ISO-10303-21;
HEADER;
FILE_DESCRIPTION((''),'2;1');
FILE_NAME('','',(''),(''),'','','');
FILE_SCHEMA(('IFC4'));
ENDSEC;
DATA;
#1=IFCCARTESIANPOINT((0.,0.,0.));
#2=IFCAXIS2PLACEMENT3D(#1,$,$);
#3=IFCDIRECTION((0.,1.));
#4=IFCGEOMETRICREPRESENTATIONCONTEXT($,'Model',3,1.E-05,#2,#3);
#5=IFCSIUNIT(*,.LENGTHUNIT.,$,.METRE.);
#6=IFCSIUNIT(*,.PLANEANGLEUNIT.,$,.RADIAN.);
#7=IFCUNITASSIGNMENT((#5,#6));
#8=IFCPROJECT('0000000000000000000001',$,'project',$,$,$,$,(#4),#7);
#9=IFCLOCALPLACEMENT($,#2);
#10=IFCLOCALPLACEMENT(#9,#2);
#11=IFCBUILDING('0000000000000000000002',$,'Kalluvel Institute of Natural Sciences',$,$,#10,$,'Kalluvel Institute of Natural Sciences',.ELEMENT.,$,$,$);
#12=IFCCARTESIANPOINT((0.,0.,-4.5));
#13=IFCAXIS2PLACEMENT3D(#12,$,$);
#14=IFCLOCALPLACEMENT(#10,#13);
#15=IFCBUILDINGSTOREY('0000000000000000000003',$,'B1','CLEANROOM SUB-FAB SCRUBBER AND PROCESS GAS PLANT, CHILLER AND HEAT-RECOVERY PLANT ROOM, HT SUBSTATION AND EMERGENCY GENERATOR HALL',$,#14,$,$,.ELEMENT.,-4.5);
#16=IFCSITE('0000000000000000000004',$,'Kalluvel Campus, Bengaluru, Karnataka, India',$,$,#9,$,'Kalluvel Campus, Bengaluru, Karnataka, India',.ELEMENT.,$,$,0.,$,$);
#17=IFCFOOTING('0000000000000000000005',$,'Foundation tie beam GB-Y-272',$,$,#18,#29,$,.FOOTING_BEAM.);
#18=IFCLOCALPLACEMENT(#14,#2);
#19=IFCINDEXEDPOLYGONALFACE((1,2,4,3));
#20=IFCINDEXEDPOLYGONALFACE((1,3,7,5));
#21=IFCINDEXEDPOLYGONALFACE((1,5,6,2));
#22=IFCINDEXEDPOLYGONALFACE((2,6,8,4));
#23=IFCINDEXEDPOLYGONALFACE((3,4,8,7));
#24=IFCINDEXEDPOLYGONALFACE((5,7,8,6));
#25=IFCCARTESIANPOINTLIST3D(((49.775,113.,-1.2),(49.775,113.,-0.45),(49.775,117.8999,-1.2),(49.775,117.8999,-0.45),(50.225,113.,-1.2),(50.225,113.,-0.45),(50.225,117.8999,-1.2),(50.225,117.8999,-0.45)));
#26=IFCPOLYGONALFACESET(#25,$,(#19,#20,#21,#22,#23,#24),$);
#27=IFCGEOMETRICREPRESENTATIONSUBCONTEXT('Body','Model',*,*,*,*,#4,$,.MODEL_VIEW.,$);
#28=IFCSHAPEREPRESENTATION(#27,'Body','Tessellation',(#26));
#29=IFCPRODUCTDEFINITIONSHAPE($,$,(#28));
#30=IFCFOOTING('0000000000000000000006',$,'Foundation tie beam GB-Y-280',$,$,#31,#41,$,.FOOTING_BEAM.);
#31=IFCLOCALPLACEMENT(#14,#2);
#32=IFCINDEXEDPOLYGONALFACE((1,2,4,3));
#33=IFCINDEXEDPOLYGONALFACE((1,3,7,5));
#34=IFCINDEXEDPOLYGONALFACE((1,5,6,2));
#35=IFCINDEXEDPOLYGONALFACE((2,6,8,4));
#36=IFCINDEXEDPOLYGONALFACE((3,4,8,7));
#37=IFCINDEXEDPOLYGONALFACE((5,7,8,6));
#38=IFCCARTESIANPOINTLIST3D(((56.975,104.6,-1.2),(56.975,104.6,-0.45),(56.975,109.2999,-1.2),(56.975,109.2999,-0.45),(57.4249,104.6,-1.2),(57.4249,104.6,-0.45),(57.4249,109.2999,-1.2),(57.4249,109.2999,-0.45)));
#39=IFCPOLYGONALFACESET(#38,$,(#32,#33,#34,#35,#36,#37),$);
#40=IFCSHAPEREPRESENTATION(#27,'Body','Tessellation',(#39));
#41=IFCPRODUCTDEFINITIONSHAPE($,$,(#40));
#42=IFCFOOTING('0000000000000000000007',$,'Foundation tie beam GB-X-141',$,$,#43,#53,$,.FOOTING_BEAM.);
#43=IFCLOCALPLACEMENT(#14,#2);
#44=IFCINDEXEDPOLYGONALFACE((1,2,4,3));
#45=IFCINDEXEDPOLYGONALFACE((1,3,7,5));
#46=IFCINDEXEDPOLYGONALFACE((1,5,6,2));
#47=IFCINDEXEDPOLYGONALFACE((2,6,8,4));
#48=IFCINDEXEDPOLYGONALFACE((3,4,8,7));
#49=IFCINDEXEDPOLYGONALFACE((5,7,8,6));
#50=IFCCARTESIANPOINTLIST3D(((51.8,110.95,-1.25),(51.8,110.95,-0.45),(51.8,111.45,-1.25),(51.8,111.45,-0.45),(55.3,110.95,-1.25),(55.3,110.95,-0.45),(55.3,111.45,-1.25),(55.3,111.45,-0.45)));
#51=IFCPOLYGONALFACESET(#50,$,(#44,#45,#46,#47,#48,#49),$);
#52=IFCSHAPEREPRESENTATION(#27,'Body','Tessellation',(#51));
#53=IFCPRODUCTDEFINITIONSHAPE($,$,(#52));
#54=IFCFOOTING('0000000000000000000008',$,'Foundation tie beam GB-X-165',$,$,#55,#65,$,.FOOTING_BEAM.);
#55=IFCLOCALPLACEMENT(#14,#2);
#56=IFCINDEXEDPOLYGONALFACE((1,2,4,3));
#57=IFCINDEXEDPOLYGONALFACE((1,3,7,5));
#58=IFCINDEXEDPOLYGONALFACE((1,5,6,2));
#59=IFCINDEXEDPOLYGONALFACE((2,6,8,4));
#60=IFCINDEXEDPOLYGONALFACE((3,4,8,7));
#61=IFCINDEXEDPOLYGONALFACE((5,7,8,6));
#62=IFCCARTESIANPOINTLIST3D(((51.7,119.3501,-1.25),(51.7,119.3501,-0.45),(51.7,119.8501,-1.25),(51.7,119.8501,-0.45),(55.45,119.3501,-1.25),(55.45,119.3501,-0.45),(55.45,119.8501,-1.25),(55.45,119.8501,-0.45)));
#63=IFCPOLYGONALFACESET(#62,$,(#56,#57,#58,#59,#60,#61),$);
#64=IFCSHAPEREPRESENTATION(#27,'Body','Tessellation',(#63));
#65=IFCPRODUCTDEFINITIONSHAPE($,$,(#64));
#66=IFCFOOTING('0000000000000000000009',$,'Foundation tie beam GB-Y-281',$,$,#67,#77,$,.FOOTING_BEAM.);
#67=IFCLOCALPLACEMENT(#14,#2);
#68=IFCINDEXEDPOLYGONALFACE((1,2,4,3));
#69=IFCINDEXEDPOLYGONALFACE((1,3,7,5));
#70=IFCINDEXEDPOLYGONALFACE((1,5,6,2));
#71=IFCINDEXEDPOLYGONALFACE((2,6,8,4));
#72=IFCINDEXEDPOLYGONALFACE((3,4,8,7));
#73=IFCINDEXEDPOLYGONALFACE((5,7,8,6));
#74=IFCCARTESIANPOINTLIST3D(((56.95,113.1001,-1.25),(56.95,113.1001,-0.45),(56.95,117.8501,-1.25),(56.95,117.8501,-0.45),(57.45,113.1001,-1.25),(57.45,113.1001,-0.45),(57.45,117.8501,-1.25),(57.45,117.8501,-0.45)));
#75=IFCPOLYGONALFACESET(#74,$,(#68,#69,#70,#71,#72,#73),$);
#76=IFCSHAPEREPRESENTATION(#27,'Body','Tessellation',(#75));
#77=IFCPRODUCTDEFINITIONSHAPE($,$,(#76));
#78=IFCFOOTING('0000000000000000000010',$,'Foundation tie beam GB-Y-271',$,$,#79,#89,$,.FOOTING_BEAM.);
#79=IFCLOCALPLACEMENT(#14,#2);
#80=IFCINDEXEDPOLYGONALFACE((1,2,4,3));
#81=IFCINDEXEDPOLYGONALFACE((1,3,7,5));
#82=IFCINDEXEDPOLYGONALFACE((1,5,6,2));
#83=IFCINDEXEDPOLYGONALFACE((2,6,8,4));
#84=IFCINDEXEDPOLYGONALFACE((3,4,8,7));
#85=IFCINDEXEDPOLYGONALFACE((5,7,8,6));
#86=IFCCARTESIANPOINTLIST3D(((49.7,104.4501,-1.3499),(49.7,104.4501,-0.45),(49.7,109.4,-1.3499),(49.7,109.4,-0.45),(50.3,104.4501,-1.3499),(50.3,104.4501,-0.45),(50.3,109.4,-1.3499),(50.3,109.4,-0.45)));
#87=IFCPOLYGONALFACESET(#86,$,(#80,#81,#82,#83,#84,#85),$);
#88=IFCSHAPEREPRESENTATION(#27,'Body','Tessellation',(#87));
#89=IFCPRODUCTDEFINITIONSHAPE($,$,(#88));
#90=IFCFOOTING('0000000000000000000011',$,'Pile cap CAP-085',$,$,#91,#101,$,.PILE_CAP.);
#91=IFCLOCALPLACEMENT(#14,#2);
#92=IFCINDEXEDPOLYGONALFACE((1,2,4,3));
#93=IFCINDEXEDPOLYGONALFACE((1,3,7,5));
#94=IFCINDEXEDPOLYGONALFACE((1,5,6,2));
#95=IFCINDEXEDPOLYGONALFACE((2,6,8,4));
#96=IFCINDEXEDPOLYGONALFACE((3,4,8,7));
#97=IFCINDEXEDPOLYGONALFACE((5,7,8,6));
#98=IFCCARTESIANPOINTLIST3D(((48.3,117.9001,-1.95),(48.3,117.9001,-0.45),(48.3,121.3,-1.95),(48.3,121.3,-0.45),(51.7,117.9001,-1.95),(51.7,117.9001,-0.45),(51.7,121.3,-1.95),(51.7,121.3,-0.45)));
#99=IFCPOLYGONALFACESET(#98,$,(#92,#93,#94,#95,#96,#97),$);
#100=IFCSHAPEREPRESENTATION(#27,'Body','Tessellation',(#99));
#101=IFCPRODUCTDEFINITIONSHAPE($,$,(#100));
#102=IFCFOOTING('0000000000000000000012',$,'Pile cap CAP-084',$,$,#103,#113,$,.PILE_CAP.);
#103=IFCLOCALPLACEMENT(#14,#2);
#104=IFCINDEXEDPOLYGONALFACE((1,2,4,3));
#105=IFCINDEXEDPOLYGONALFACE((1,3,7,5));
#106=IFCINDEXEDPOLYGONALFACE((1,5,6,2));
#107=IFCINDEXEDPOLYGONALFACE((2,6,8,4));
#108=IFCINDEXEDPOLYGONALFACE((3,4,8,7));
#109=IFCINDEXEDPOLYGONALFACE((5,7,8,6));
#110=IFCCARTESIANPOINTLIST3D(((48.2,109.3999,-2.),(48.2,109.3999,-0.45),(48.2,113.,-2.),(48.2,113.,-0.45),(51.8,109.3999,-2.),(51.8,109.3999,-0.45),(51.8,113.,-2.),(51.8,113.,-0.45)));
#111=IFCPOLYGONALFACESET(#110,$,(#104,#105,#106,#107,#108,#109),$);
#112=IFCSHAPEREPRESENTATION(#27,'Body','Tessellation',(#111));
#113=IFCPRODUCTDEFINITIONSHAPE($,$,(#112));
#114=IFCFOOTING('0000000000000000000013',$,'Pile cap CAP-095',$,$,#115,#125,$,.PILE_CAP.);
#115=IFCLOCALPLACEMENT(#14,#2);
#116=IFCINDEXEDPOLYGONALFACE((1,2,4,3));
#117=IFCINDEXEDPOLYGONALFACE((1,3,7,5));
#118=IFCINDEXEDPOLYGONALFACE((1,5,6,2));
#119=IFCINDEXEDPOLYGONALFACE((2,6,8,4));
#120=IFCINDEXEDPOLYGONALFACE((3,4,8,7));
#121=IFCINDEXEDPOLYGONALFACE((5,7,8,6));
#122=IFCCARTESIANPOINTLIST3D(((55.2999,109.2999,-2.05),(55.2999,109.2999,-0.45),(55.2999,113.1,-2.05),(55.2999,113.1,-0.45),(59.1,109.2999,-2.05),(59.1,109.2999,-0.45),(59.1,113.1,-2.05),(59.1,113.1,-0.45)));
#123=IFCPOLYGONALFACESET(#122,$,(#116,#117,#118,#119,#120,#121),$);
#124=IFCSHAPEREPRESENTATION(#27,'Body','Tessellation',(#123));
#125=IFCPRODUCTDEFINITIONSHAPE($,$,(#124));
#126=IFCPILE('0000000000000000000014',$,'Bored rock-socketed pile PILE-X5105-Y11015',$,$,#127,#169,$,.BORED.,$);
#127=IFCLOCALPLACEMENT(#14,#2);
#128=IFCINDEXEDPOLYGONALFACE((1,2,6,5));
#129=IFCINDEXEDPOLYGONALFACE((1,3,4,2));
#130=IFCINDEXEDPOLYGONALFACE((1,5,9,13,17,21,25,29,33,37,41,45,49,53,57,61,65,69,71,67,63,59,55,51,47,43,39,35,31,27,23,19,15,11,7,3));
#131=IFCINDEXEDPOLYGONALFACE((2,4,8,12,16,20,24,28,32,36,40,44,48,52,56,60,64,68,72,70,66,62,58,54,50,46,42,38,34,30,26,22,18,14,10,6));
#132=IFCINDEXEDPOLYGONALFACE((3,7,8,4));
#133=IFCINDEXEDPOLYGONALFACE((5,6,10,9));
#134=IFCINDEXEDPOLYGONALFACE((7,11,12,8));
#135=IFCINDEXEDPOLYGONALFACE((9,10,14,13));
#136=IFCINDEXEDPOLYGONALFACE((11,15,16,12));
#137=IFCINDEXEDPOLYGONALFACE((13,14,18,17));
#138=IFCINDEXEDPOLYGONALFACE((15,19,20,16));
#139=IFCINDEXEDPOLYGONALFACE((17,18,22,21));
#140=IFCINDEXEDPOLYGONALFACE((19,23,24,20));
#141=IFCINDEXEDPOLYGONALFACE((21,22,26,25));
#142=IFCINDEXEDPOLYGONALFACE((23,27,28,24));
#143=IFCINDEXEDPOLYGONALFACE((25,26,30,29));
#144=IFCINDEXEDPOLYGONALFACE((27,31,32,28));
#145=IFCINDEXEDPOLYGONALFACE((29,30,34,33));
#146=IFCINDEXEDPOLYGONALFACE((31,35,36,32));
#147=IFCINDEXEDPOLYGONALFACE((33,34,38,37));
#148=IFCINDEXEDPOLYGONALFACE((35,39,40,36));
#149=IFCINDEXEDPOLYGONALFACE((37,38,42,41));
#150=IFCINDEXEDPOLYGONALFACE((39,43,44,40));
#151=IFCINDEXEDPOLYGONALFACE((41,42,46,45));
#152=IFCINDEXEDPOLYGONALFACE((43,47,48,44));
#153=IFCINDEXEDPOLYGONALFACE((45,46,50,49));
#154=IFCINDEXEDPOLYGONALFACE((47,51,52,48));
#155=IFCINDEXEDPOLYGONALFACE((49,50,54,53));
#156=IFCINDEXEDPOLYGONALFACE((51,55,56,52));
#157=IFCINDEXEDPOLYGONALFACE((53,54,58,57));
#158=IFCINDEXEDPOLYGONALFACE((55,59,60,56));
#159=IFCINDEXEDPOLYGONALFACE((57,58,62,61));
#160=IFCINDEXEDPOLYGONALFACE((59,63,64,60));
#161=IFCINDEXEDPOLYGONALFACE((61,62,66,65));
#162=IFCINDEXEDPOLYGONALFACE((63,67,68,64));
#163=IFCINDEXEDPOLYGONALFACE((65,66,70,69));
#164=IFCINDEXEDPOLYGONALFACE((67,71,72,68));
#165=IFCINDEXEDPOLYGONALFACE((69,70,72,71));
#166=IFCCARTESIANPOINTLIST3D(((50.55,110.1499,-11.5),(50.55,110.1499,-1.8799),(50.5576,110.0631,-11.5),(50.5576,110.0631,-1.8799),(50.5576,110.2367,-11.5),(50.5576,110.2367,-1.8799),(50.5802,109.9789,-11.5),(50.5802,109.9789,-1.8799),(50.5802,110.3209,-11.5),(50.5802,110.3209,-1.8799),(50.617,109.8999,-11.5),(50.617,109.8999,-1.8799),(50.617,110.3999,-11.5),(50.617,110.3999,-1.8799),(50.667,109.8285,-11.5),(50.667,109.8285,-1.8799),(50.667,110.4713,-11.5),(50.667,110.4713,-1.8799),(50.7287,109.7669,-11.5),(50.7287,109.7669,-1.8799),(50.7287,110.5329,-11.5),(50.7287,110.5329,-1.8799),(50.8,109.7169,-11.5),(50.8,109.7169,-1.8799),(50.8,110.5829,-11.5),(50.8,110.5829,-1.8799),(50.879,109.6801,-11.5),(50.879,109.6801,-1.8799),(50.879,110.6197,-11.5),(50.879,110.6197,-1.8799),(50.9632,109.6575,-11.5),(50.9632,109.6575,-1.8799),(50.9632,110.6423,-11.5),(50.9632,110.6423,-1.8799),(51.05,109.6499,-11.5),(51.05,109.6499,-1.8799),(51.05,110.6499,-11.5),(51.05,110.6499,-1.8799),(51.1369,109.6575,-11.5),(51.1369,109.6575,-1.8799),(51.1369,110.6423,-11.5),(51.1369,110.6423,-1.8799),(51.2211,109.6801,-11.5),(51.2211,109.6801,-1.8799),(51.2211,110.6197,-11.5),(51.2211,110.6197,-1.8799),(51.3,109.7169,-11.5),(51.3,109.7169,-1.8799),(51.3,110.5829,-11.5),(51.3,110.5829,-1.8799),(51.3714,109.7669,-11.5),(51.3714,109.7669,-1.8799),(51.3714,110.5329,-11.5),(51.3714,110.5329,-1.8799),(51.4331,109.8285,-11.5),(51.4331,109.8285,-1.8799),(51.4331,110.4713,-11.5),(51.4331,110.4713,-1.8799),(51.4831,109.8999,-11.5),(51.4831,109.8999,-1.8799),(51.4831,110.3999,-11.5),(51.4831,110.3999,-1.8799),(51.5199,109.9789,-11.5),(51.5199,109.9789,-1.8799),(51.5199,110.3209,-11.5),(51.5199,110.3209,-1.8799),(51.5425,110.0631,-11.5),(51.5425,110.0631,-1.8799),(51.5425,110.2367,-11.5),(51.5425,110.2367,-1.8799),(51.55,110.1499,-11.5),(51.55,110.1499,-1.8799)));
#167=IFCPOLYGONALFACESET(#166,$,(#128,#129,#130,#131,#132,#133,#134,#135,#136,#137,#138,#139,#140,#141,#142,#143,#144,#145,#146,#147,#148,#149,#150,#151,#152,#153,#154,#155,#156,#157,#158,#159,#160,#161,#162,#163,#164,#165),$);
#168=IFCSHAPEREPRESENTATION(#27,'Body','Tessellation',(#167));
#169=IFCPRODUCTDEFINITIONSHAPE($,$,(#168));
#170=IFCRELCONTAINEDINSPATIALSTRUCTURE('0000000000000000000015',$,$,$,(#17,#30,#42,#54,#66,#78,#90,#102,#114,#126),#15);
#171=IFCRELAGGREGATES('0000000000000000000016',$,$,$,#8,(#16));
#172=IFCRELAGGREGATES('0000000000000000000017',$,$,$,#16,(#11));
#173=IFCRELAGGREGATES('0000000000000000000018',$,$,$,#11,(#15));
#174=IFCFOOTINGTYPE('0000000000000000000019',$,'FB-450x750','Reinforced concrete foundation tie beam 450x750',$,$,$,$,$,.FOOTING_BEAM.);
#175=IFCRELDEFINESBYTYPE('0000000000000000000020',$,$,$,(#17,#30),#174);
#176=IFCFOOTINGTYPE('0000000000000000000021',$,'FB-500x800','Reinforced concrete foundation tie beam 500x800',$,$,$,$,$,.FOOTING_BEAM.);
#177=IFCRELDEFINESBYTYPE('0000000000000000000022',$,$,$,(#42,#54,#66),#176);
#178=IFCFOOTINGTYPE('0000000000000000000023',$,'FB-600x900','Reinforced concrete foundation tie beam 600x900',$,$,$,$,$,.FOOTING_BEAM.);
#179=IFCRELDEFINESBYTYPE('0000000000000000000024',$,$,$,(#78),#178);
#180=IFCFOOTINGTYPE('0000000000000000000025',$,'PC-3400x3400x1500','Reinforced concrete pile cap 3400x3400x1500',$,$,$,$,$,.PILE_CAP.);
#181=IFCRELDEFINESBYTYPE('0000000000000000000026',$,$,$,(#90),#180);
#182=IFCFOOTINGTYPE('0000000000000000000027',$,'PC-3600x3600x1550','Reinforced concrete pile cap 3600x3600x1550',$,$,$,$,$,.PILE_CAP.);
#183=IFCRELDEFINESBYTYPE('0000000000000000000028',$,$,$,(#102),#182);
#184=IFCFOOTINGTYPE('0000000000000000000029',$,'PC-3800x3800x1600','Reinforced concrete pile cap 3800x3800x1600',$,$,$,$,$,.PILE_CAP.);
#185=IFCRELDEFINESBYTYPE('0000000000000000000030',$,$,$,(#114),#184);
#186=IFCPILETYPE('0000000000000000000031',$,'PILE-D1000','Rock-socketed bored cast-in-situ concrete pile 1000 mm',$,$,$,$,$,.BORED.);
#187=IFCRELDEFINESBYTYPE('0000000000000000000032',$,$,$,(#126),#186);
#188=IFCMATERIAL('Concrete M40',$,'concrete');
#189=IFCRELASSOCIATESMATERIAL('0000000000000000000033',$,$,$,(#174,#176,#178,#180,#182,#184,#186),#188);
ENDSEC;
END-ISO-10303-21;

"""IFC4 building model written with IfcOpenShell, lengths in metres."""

from ifc_helpers import new_model, si_unit, direction, frame, origin, origin_2d, place, context, subcontext, project, spatial, rectangle, circle, extrude, material, material_profile, profile_set, type_object, element, save


model = new_model("IFC4")

# Units and contexts
model_context = context("Model", 3, precision=1e-05, world=origin(), true_north=direction((0.0, 1.0)))
body_context = subcontext(model_context, "Body", "Model", "MODEL_VIEW")
ifc_project = project(units=[si_unit("LENGTHUNIT", "METRE"), si_unit("PLANEANGLEUNIT", "RADIAN")], contexts=[model_context])

# Site, building, storey
site_placement = place(None, origin())
site = spatial("IfcSite", under=ifc_project, at=site_placement, Name="Kalluvel Campus, Bengaluru, Karnataka, India", LongName="Kalluvel Campus, Bengaluru, Karnataka, India", CompositionType="ELEMENT", RefElevation=0.0)
building_placement = place(site_placement, origin())
building = spatial("IfcBuilding", under=site, at=building_placement, Name="Kalluvel Institute of Natural Sciences", LongName="Kalluvel Institute of Natural Sciences", CompositionType="ELEMENT")
storey_placement = place(building_placement, frame((0.0, 0.0, -4.5)))
storey = spatial("IfcBuildingStorey", under=building, at=storey_placement, Name="B1", Description="CLEANROOM SUB-FAB SCRUBBER AND PROCESS GAS PLANT, CHILLER AND HEAT-RECOVERY PLANT ROOM, HT SUBSTATION AND EMERGENCY GENERATOR HALL", CompositionType="ELEMENT", Elevation=-4.5)

# Footings
ifc_material_1 = material(Name="Concrete M40", Category="concrete")
footing_type_1 = type_object("IfcFootingType", Name="FB-450x750", Description="Reinforced concrete foundation tie beam 450x750", PredefinedType="FOOTING_BEAM", material=ifc_material_1)
footing_1_placement = place(storey_placement, frame((50.0, 115.45, -1.2), z_axis=(0.0, 0.0, 1.0), x_axis=(1.0, 0.0, 0.0)))
element("IfcFooting", 1, at=footing_1_placement, inside=storey, type_object=footing_type_1, Name="Foundation tie beam GB-Y-272", PredefinedType="FOOTING_BEAM", context=body_context, shape_type="SweptSolid", body=[
    extrude(rectangle(XDim=0.45, YDim=4.8999, at=origin_2d()), origin(), (0.0, 0.0, 1.0), 0.75),
])
footing_2_placement = place(storey_placement, frame((57.2, 106.95, -1.2), z_axis=(0.0, 0.0, 1.0), x_axis=(1.0, 0.0, 0.0)))
element("IfcFooting", 2, at=footing_2_placement, inside=storey, type_object=footing_type_1, Name="Foundation tie beam GB-Y-280", PredefinedType="FOOTING_BEAM", context=body_context, shape_type="SweptSolid", body=[
    extrude(rectangle(XDim=0.45, YDim=4.7, at=origin_2d()), origin(), (0.0, 0.0, 1.0), 0.75),
])
footing_type_2 = type_object("IfcFootingType", Name="FB-500x800", Description="Reinforced concrete foundation tie beam 500x800", PredefinedType="FOOTING_BEAM", material=ifc_material_1)
footing_3_placement = place(storey_placement, frame((53.55, 111.2, -1.25), z_axis=(0.0, 0.0, 1.0), x_axis=(1.0, 0.0, 0.0)))
element("IfcFooting", 3, at=footing_3_placement, inside=storey, type_object=footing_type_2, Name="Foundation tie beam GB-X-141", PredefinedType="FOOTING_BEAM", context=body_context, shape_type="SweptSolid", body=[
    extrude(rectangle(XDim=3.5, YDim=0.5, at=origin_2d()), origin(), (0.0, 0.0, 1.0), 0.8),
])
footing_4_placement = place(storey_placement, frame((53.575, 119.6001, -1.25), z_axis=(0.0, 0.0, 1.0), x_axis=(1.0, 0.0, 0.0)))
element("IfcFooting", 4, at=footing_4_placement, inside=storey, type_object=footing_type_2, Name="Foundation tie beam GB-X-165", PredefinedType="FOOTING_BEAM", context=body_context, shape_type="SweptSolid", body=[
    extrude(rectangle(XDim=3.75, YDim=0.5, at=origin_2d()), origin(), (0.0, 0.0, 1.0), 0.8),
])
footing_5_placement = place(storey_placement, frame((57.2, 115.4751, -1.25), z_axis=(0.0, 0.0, 1.0), x_axis=(1.0, 0.0, 0.0)))
element("IfcFooting", 5, at=footing_5_placement, inside=storey, type_object=footing_type_2, Name="Foundation tie beam GB-Y-281", PredefinedType="FOOTING_BEAM", context=body_context, shape_type="SweptSolid", body=[
    extrude(rectangle(XDim=0.5, YDim=4.75, at=origin_2d()), origin(), (0.0, 0.0, 1.0), 0.8),
])
footing_type_3 = type_object("IfcFootingType", Name="FB-600x900", Description="Reinforced concrete foundation tie beam 600x900", PredefinedType="FOOTING_BEAM", material=ifc_material_1)
footing_6_placement = place(storey_placement, frame((50.0, 106.925, -1.3499), z_axis=(0.0, 0.0, 1.0), x_axis=(1.0, 0.0, 0.0)))
element("IfcFooting", 6, at=footing_6_placement, inside=storey, type_object=footing_type_3, Name="Foundation tie beam GB-Y-271", PredefinedType="FOOTING_BEAM", context=body_context, shape_type="SweptSolid", body=[
    extrude(rectangle(XDim=0.6001, YDim=4.95, at=origin_2d()), origin(), (0.0, 0.0, 1.0), 0.8999),
])
footing_type_4 = type_object("IfcFootingType", Name="PC-3400x3400x1500", Description="Reinforced concrete pile cap 3400x3400x1500", PredefinedType="PILE_CAP", material=ifc_material_1)
footing_7_placement = place(storey_placement, frame((50.0, 119.6001, -1.95), z_axis=(0.0, 0.0, 1.0), x_axis=(1.0, 0.0, 0.0)))
element("IfcFooting", 7, at=footing_7_placement, inside=storey, type_object=footing_type_4, Name="Pile cap CAP-085", PredefinedType="PILE_CAP", context=body_context, shape_type="SweptSolid", body=[
    extrude(rectangle(XDim=3.3999, YDim=3.3999, at=origin_2d()), origin(), (0.0, 0.0, 1.0), 1.5),
])
footing_type_5 = type_object("IfcFootingType", Name="PC-3600x3600x1550", Description="Reinforced concrete pile cap 3600x3600x1550", PredefinedType="PILE_CAP", material=ifc_material_1)
footing_8_placement = place(storey_placement, frame((50.0, 111.2, -2.0), z_axis=(0.0, 0.0, 1.0), x_axis=(1.0, 0.0, 0.0)))
element("IfcFooting", 8, at=footing_8_placement, inside=storey, type_object=footing_type_5, Name="Pile cap CAP-084", PredefinedType="PILE_CAP", context=body_context, shape_type="SweptSolid", body=[
    extrude(rectangle(XDim=3.6001, YDim=3.6001, at=origin_2d()), origin(), (0.0, 0.0, 1.0), 1.55),
])
footing_type_6 = type_object("IfcFootingType", Name="PC-3800x3800x1600", Description="Reinforced concrete pile cap 3800x3800x1600", PredefinedType="PILE_CAP", material=ifc_material_1)
footing_9_placement = place(storey_placement, frame((57.2, 111.2, -2.05), z_axis=(0.0, 0.0, 1.0), x_axis=(1.0, 0.0, 0.0)))
element("IfcFooting", 9, at=footing_9_placement, inside=storey, type_object=footing_type_6, Name="Pile cap CAP-095", PredefinedType="PILE_CAP", context=body_context, shape_type="SweptSolid", body=[
    extrude(rectangle(XDim=3.8, YDim=3.8, at=origin_2d()), origin(), (0.0, 0.0, 1.0), 1.6001),
])

# Pile
ifc_material_profile_1 = material_profile(ifc_material_1, circle(Radius=0.5, at=origin_2d()), Name="PILE D1000")
ifc_profile_set_1 = profile_set([ifc_material_profile_1], Name="Concrete M40")
pile_type_1 = type_object("IfcPileType", Name="PILE-D1000", Description="Rock-socketed bored cast-in-situ concrete pile 1000 mm", PredefinedType="BORED", material=ifc_profile_set_1)
for number, where, z_axis, x_axis, name in (
    (10, (51.05, 110.1499, -1.8799), (0.0, 0.0, -1.0), (1.0, 0.0, 0.0), "Bored rock-socketed pile PILE-X5105-Y11015"),
):
    element("IfcPile", number, at=place(storey_placement, frame(where, z_axis=z_axis, x_axis=x_axis)), inside=storey, type_object=pile_type_1, Name=name, PredefinedType="BORED", context=body_context, shape_type="SweptSolid", body=[
        extrude(circle(Radius=0.5, at=origin_2d()), origin(), (0.0, 0.0, 1.0), 9.6201),
    ])

save(model, "model.ifc")
